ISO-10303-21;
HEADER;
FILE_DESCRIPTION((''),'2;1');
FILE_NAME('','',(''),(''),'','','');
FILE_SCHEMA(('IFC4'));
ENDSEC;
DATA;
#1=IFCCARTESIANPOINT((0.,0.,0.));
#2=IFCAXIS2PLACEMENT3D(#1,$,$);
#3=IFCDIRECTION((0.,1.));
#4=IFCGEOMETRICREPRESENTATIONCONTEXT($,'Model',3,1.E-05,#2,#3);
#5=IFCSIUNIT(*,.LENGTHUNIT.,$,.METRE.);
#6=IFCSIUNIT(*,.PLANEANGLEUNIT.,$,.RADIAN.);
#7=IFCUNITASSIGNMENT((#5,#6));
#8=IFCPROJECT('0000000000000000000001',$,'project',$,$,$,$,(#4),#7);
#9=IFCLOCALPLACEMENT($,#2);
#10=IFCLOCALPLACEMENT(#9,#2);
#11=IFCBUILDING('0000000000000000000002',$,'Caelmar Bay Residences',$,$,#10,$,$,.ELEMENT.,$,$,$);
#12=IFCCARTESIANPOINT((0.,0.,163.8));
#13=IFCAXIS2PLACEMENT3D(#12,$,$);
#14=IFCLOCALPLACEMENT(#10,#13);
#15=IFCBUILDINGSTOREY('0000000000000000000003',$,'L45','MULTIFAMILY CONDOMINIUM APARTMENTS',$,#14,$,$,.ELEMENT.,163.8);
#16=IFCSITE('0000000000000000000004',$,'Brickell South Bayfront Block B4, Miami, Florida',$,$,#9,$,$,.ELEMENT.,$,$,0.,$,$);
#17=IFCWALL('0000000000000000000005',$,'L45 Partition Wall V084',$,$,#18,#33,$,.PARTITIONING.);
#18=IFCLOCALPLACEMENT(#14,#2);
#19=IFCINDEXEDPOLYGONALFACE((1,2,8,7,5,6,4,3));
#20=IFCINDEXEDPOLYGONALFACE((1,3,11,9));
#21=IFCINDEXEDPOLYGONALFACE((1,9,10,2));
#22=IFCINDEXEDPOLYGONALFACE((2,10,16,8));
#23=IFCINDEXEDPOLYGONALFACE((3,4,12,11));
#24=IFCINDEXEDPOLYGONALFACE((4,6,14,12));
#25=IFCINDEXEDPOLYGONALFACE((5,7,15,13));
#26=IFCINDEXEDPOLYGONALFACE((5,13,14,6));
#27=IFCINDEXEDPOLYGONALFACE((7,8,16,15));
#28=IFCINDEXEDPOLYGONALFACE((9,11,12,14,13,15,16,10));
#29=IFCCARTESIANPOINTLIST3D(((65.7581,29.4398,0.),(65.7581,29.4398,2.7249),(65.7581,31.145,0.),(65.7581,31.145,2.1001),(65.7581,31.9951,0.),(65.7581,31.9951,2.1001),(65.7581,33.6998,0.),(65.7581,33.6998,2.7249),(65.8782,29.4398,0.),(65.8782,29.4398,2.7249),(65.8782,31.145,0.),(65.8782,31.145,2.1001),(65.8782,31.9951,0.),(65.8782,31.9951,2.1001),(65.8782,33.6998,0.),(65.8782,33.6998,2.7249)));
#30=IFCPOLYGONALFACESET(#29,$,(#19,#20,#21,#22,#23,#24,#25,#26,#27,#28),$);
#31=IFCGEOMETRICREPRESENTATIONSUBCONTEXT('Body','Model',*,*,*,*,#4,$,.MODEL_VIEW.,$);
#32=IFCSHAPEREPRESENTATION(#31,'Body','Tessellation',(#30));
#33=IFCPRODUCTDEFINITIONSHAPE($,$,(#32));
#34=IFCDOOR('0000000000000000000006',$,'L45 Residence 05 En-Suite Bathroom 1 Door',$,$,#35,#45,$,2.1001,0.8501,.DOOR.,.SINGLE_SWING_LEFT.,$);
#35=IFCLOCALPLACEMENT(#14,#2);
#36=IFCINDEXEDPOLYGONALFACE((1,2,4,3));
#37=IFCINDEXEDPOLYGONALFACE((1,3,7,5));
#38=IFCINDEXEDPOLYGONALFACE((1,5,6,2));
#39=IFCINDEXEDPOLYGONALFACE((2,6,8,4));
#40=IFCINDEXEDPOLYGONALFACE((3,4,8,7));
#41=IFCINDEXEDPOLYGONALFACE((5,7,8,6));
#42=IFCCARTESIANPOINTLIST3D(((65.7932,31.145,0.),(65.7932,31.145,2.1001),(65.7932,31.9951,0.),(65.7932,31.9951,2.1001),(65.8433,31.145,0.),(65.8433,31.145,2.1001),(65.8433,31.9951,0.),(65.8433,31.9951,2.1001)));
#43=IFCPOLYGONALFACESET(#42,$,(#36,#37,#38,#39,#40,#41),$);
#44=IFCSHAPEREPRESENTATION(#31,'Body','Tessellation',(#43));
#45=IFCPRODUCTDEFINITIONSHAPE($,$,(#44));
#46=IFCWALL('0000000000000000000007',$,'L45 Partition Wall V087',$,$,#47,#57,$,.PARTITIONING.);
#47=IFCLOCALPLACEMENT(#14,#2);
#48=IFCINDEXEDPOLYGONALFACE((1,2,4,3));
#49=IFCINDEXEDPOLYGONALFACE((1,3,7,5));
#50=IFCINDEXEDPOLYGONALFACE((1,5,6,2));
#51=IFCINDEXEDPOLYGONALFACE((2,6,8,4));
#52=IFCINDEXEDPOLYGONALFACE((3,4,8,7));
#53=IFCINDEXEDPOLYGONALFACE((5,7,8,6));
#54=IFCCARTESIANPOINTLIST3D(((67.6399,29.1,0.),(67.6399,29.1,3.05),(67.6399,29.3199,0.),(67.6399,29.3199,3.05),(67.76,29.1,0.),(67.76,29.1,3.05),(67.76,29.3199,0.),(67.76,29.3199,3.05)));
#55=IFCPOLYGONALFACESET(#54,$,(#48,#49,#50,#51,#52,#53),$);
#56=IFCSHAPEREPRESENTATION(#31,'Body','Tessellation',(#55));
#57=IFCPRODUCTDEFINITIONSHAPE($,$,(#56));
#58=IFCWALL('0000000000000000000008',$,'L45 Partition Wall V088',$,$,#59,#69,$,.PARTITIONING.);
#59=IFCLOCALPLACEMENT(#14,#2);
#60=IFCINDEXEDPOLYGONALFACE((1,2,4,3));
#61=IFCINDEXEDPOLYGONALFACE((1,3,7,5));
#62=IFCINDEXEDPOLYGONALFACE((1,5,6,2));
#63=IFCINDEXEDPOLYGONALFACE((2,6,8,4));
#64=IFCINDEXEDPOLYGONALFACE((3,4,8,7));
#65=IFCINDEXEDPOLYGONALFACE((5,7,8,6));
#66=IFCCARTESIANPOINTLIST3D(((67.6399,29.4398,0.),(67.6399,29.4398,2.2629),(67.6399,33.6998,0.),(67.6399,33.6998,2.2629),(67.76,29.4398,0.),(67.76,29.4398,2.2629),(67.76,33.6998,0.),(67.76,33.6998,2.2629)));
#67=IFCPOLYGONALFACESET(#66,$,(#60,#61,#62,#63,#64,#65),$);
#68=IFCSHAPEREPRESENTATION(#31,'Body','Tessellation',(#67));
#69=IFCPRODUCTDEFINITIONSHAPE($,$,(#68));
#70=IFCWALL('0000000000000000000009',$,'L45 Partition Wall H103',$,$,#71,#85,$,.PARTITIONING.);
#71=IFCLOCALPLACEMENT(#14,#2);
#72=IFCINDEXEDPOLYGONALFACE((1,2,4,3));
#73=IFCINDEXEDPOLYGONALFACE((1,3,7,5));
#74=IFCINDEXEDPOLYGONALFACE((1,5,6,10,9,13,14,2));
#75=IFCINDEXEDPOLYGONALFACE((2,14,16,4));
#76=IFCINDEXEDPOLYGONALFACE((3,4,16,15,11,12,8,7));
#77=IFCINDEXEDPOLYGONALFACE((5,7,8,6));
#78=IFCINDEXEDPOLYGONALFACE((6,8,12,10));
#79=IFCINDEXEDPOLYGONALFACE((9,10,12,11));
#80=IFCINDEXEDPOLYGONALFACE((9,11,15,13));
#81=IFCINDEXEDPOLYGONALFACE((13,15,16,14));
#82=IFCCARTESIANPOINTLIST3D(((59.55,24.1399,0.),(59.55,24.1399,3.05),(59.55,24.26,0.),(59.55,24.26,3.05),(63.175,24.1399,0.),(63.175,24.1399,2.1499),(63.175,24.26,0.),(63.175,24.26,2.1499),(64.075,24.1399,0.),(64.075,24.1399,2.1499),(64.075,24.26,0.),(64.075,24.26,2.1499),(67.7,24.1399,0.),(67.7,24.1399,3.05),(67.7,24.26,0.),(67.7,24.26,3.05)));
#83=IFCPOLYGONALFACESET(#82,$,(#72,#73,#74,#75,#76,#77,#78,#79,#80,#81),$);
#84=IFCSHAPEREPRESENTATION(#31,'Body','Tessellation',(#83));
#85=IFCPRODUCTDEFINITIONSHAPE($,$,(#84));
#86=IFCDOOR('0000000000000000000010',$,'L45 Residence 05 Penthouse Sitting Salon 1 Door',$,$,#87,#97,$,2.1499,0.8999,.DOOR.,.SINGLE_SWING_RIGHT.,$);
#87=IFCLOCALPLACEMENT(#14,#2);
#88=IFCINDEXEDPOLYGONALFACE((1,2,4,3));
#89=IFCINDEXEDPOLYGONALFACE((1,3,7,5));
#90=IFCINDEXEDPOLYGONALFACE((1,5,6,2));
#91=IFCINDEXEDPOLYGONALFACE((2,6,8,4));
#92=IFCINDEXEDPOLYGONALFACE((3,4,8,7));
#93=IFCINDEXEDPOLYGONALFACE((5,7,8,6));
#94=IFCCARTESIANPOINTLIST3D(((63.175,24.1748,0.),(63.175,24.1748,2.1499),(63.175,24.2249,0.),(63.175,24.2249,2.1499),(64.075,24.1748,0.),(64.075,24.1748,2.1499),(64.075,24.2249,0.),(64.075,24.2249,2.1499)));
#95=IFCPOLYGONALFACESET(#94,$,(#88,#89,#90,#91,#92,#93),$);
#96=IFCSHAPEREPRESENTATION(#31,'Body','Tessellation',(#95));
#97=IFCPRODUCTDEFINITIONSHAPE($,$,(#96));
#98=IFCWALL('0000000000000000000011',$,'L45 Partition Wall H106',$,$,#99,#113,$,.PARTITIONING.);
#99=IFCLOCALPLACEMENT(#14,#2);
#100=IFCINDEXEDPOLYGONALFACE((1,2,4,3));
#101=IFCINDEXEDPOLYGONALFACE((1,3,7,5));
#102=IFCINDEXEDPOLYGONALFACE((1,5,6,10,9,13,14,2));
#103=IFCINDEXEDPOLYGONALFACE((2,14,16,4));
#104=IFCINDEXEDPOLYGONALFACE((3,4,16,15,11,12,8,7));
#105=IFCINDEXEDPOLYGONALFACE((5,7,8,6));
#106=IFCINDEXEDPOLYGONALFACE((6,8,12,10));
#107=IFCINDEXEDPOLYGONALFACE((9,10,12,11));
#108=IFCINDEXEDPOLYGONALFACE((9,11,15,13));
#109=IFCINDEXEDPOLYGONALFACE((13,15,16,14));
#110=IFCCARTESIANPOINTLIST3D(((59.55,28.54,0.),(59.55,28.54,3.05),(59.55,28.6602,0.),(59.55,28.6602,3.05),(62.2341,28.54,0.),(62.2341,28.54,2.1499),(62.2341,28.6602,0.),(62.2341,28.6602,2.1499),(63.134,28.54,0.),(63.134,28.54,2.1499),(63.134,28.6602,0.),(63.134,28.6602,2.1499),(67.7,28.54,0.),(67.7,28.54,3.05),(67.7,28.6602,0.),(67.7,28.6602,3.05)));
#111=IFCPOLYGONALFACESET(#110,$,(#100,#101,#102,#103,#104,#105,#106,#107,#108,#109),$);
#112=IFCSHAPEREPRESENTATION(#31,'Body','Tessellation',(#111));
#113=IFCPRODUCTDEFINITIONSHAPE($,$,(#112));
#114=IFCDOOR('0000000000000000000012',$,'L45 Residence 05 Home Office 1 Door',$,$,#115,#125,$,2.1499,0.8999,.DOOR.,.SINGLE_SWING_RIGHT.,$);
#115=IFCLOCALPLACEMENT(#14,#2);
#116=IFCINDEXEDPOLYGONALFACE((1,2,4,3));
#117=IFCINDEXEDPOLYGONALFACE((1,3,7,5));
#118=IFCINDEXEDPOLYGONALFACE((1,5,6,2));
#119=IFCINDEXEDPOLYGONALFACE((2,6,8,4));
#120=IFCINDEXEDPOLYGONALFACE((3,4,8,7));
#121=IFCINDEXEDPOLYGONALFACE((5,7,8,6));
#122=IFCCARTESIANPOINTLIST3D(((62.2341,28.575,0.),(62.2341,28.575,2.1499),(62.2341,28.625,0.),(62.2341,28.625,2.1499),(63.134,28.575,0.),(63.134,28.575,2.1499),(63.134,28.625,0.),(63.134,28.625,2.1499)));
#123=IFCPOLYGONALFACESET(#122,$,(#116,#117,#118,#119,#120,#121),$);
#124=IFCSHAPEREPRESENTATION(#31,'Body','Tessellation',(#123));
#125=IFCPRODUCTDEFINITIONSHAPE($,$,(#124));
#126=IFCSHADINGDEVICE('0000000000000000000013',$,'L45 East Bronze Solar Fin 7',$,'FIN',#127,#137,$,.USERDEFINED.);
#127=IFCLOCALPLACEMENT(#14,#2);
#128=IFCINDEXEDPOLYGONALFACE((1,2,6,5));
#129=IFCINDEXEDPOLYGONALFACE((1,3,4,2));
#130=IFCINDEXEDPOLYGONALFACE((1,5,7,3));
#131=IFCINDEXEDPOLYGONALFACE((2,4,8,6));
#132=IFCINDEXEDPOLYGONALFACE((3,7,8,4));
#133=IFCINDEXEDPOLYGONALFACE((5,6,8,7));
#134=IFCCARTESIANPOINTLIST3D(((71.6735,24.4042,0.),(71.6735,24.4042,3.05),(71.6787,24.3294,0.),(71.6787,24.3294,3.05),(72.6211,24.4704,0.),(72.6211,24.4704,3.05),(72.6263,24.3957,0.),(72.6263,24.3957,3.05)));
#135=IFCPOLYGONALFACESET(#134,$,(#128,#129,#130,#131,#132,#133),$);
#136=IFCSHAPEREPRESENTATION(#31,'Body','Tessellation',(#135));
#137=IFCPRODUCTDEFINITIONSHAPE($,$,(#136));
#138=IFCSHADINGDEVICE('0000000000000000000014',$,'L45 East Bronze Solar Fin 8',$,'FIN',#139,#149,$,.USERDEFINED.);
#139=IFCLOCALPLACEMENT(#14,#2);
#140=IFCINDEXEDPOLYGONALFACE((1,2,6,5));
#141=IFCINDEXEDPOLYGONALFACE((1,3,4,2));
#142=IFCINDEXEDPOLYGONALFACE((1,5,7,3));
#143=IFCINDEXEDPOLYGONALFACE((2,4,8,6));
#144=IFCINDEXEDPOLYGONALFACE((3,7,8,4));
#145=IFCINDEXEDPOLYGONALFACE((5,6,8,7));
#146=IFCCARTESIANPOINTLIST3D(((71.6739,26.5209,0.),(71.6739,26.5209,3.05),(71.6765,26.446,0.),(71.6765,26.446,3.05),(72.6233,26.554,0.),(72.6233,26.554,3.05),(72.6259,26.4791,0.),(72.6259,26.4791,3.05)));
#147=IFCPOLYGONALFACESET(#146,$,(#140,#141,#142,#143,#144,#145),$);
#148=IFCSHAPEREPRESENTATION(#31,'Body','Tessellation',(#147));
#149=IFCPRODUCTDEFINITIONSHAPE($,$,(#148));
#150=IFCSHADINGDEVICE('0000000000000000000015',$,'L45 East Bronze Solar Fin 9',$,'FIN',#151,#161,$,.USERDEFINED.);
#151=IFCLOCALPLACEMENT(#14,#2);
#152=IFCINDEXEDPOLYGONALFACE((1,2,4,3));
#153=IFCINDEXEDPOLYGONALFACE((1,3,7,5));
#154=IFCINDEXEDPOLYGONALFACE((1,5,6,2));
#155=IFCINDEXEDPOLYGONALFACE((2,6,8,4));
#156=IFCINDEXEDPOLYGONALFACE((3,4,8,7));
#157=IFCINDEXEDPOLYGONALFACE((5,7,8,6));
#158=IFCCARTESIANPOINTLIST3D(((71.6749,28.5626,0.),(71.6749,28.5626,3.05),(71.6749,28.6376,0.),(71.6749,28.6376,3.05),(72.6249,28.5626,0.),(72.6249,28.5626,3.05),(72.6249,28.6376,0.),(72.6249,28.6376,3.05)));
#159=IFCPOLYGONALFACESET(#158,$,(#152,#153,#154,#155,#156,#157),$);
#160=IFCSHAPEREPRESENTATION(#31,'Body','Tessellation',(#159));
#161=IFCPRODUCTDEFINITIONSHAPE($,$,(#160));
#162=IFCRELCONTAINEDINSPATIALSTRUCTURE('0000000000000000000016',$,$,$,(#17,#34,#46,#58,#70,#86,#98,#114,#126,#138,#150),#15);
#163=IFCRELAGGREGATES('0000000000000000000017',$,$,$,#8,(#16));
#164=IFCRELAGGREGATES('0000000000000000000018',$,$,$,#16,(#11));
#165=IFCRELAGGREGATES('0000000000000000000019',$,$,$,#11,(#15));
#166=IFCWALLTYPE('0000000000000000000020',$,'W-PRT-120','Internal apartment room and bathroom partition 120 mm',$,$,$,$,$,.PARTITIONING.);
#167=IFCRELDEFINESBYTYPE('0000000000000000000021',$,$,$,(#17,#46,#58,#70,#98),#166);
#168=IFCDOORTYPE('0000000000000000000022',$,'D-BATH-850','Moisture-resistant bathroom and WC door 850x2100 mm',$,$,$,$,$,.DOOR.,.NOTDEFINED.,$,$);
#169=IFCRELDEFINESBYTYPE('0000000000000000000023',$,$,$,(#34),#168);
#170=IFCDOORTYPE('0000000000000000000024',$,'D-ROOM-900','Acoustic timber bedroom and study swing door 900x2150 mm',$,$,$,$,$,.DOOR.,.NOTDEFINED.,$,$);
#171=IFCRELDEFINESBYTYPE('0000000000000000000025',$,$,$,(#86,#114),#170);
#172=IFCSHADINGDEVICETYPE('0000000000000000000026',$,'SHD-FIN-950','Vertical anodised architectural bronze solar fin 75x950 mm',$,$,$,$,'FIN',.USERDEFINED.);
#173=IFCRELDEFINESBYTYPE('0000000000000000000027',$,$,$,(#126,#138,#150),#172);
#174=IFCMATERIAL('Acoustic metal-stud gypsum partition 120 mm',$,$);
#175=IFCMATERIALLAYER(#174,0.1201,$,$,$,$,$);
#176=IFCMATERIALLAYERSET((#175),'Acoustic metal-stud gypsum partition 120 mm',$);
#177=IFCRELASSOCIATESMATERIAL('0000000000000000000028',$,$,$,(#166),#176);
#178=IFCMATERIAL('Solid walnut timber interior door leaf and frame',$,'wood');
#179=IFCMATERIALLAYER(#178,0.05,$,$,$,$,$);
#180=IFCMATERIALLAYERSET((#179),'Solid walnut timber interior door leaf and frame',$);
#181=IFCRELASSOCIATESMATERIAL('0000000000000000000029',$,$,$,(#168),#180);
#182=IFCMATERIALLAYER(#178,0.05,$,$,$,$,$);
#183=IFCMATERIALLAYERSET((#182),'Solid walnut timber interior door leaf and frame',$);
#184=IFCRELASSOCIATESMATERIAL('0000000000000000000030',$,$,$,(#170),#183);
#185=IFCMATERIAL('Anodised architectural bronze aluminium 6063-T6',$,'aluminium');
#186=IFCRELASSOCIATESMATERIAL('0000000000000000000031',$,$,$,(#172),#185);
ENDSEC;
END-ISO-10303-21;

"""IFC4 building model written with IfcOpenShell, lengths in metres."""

from ifc_helpers import new_model, si_unit, direction, frame, frame_2d, origin, origin_2d, place, context, subcontext, project, spatial, rectangle, extrude, material, layer, layer_set, material_profile, profile_set, type_object, element, fill, save


model = new_model("IFC4")

# Units and contexts
model_context = context("Model", 3, precision=1e-05, world=origin(), true_north=direction((0.0, 1.0)))
body_context = subcontext(model_context, "Body", "Model", "MODEL_VIEW")
ifc_project = project(units=[si_unit("LENGTHUNIT", "METRE"), si_unit("PLANEANGLEUNIT", "RADIAN")], contexts=[model_context])

# Site, building, storey
site_placement = place(None, origin())
site = spatial("IfcSite", under=ifc_project, at=site_placement, Name="Brickell South Bayfront Block B4, Miami, Florida", CompositionType="ELEMENT", RefElevation=0.0)
building_placement = place(site_placement, origin())
building = spatial("IfcBuilding", under=site, at=building_placement, Name="Caelmar Bay Residences", CompositionType="ELEMENT")
storey_placement = place(building_placement, frame((0.0, 0.0, 163.8)))
storey = spatial("IfcBuildingStorey", under=building, at=storey_placement, Name="L45", Description="MULTIFAMILY CONDOMINIUM APARTMENTS", CompositionType="ELEMENT", Elevation=163.8)

# Shared definitions
ifc_material_1 = material(Name="Acoustic metal-stud gypsum partition 120 mm")
ifc_layer_1 = layer(ifc_material_1, 0.1201)
ifc_layer_set_1 = layer_set([ifc_layer_1], Name="Acoustic metal-stud gypsum partition 120 mm")
wall_type = type_object("IfcWallType", Name="W-PRT-120", Description="Internal apartment room and bathroom partition 120 mm", PredefinedType="PARTITIONING", material=ifc_layer_set_1)

# Wall, opening, door
wall_1_placement = place(storey_placement, frame((65.8181, 29.4399, 0.0), z_axis=(0.0, 0.0, 1.0), x_axis=(0.0, 1.0, 0.0)))
wall_1 = element("IfcWall", 1, at=wall_1_placement, inside=storey, type_object=wall_type, Name="L45 Partition Wall V084", PredefinedType="PARTITIONING", context=body_context, shape_type="SweptSolid", body=[
    extrude(rectangle(XDim=4.26, YDim=0.1201, at=frame_2d((2.1299, 0.0))), origin(), (0.0, 0.0, 1.0), 2.7249),
])
opening_1_placement = place(wall_1_placement, frame((1.7051, 0.0, 0.0)))
opening_1 = element("IfcOpeningElement", 2, at=opening_1_placement, cuts=wall_1, PredefinedType="OPENING", context=body_context, shape_type="SweptSolid", body=[
    extrude(rectangle(XDim=0.8501, YDim=2.1001, at=frame_2d((0.425, 1.05))), frame((0.0, 0.0701, 0.0), z_axis=(0.0, -1.0, 0.0), x_axis=(1.0, 0.0, 0.0)), (0.0, 0.0, 1.0), 0.1401),
])
ifc_material_2 = material(Name="Solid walnut timber interior door leaf and frame", Category="wood")
ifc_layer_2 = layer(ifc_material_2, 0.05)
ifc_layer_set_2 = layer_set([ifc_layer_2], Name="Solid walnut timber interior door leaf and frame")
door_type_1 = type_object("IfcDoorType", Name="D-BATH-850", Description="Moisture-resistant bathroom and WC door 850x2100 mm", OperationType="NOTDEFINED", PredefinedType="DOOR", material=ifc_layer_set_2)
door_1_placement = place(opening_1_placement, origin())
door_1 = element("IfcDoor", 3, at=door_1_placement, inside=storey, type_object=door_type_1, Name="L45 Residence 05 En-Suite Bathroom 1 Door", OperationType="SINGLE_SWING_LEFT", OverallHeight=2.1001, OverallWidth=0.8501, PredefinedType="DOOR", context=body_context, shape_type="SweptSolid", body=[
    extrude(rectangle(XDim=0.8501, YDim=2.1001, at=frame_2d((0.425, 1.05))), frame((0.0, 0.0249, 0.0), z_axis=(0.0, -1.0, 0.0), x_axis=(1.0, 0.0, 0.0)), (0.0, 0.0, 1.0), 0.05),
])
fill(opening_1, door_1)
ifc_layer_3 = layer(ifc_material_2, 0.05)
ifc_layer_set_3 = layer_set([ifc_layer_3], Name="Solid walnut timber interior door leaf and frame")
door_type_2 = type_object("IfcDoorType", Name="D-ROOM-900", Description="Acoustic timber bedroom and study swing door 900x2150 mm", OperationType="NOTDEFINED", PredefinedType="DOOR", material=ifc_layer_set_3)

# Walls
wall_2_placement = place(storey_placement, frame((67.7, 29.1001, 0.0), z_axis=(0.0, 0.0, 1.0), x_axis=(0.0, 1.0, 0.0)))
element("IfcWall", 4, at=wall_2_placement, inside=storey, type_object=wall_type, Name="L45 Partition Wall V087", PredefinedType="PARTITIONING", context=body_context, shape_type="SweptSolid", body=[
    extrude(rectangle(XDim=0.22, YDim=0.1201, at=frame_2d((0.1099, 0.0))), origin(), (0.0, 0.0, 1.0), 3.05),
])
wall_3_placement = place(storey_placement, frame((67.7, 29.4399, 0.0), z_axis=(0.0, 0.0, 1.0), x_axis=(0.0, 1.0, 0.0)))
element("IfcWall", 5, at=wall_3_placement, inside=storey, type_object=wall_type, Name="L45 Partition Wall V088", PredefinedType="PARTITIONING", context=body_context, shape_type="SweptSolid", body=[
    extrude(rectangle(XDim=4.26, YDim=0.1201, at=frame_2d((2.1299, 0.0))), origin(), (0.0, 0.0, 1.0), 2.2629),
])

# Walls, openings, doors
wall_4_placement = place(storey_placement, frame((59.55, 24.2, 0.0), z_axis=(0.0, 0.0, 1.0), x_axis=(1.0, 0.0, 0.0)))
wall_4 = element("IfcWall", 6, at=wall_4_placement, inside=storey, type_object=wall_type, Name="L45 Partition Wall H103", PredefinedType="PARTITIONING", context=body_context, shape_type="SweptSolid", body=[
    extrude(rectangle(XDim=8.1499, YDim=0.1201, at=frame_2d((4.075, 0.0))), origin(), (0.0, 0.0, 1.0), 3.05),
])
opening_2_placement = place(wall_4_placement, frame((3.625, 0.0, 0.0)))
opening_2 = element("IfcOpeningElement", 7, at=opening_2_placement, cuts=wall_4, PredefinedType="OPENING", context=body_context, shape_type="SweptSolid", body=[
    extrude(rectangle(XDim=0.8999, YDim=2.1499, at=frame_2d((0.45, 1.075))), frame((0.0, 0.0701, 0.0), z_axis=(0.0, -1.0, 0.0), x_axis=(1.0, 0.0, 0.0)), (0.0, 0.0, 1.0), 0.1401),
])
door_2_placement = place(opening_2_placement, origin())
door_2 = element("IfcDoor", 8, at=door_2_placement, inside=storey, type_object=door_type_2, Name="L45 Residence 05 Penthouse Sitting Salon 1 Door", OperationType="SINGLE_SWING_RIGHT", OverallHeight=2.1499, OverallWidth=0.8999, PredefinedType="DOOR", context=body_context, shape_type="SweptSolid", body=[
    extrude(rectangle(XDim=0.8999, YDim=2.1499, at=frame_2d((0.45, 1.075))), frame((0.0, 0.0249, 0.0), z_axis=(0.0, -1.0, 0.0), x_axis=(1.0, 0.0, 0.0)), (0.0, 0.0, 1.0), 0.05),
])
fill(opening_2, door_2)
wall_5_placement = place(storey_placement, frame((59.55, 28.6001, 0.0), z_axis=(0.0, 0.0, 1.0), x_axis=(1.0, 0.0, 0.0)))
wall_5 = element("IfcWall", 9, at=wall_5_placement, inside=storey, type_object=wall_type, Name="L45 Partition Wall H106", PredefinedType="PARTITIONING", context=body_context, shape_type="SweptSolid", body=[
    extrude(rectangle(XDim=8.1499, YDim=0.1201, at=frame_2d((4.075, 0.0))), origin(), (0.0, 0.0, 1.0), 3.05),
])
opening_3_placement = place(wall_5_placement, frame((2.6841, 0.0, 0.0)))
opening_3 = element("IfcOpeningElement", 10, at=opening_3_placement, cuts=wall_5, PredefinedType="OPENING", context=body_context, shape_type="SweptSolid", body=[
    extrude(rectangle(XDim=0.8999, YDim=2.1499, at=frame_2d((0.45, 1.075))), frame((0.0, 0.0701, 0.0), z_axis=(0.0, -1.0, 0.0), x_axis=(1.0, 0.0, 0.0)), (0.0, 0.0, 1.0), 0.1401),
])
door_3_placement = place(opening_3_placement, origin())
door_3 = element("IfcDoor", 11, at=door_3_placement, inside=storey, type_object=door_type_2, Name="L45 Residence 05 Home Office 1 Door", OperationType="SINGLE_SWING_RIGHT", OverallHeight=2.1499, OverallWidth=0.8999, PredefinedType="DOOR", context=body_context, shape_type="SweptSolid", body=[
    extrude(rectangle(XDim=0.8999, YDim=2.1499, at=frame_2d((0.45, 1.075))), frame((0.0, 0.0249, 0.0), z_axis=(0.0, -1.0, 0.0), x_axis=(1.0, 0.0, 0.0)), (0.0, 0.0, 1.0), 0.05),
])
fill(opening_3, door_3)

# Shading devices
ifc_material_3 = material(Name="Anodised architectural bronze aluminium 6063-T6", Category="aluminium")
ifc_material_profile_1 = material_profile(ifc_material_3, rectangle(XDim=0.075, YDim=0.95, at=origin_2d()), Name="BRONZE-FIN-75X950")
ifc_profile_set_1 = profile_set([ifc_material_profile_1], Name="Anodised architectural bronze aluminium 6063-T6")
shading_device_type = type_object("IfcShadingDeviceType", Name="SHD-FIN-950", Description="Vertical anodised architectural bronze solar fin 75x950 mm", ElementType="FIN", PredefinedType="USERDEFINED", material=ifc_profile_set_1)
for number, where, z_axis, x_axis, name in (
    (12, (72.1499, 24.3999, 0.0), (0.0, 0.0, 1.0), (-0.069756, 0.997564, 0.0), "L45 East Bronze Solar Fin 7"),
    (13, (72.1499, 26.5, 0.0), (0.0, 0.0, 1.0), (-0.034899, 0.999391, 0.0), "L45 East Bronze Solar Fin 8"),
    (14, (72.1499, 28.6001, 0.0), (0.0, 0.0, 1.0), (0.0, 1.0, 0.0), "L45 East Bronze Solar Fin 9"),
):
    element("IfcShadingDevice", number, at=place(storey_placement, frame(where, z_axis=z_axis, x_axis=x_axis)), inside=storey, type_object=shading_device_type, Name=name, ObjectType="FIN", PredefinedType="USERDEFINED", context=body_context, shape_type="SweptSolid", body=[
        extrude(rectangle(XDim=0.075, YDim=0.95, at=origin_2d()), origin(), (0.0, 0.0, 1.0), 3.05),
    ])

save(model, "model.ifc")
